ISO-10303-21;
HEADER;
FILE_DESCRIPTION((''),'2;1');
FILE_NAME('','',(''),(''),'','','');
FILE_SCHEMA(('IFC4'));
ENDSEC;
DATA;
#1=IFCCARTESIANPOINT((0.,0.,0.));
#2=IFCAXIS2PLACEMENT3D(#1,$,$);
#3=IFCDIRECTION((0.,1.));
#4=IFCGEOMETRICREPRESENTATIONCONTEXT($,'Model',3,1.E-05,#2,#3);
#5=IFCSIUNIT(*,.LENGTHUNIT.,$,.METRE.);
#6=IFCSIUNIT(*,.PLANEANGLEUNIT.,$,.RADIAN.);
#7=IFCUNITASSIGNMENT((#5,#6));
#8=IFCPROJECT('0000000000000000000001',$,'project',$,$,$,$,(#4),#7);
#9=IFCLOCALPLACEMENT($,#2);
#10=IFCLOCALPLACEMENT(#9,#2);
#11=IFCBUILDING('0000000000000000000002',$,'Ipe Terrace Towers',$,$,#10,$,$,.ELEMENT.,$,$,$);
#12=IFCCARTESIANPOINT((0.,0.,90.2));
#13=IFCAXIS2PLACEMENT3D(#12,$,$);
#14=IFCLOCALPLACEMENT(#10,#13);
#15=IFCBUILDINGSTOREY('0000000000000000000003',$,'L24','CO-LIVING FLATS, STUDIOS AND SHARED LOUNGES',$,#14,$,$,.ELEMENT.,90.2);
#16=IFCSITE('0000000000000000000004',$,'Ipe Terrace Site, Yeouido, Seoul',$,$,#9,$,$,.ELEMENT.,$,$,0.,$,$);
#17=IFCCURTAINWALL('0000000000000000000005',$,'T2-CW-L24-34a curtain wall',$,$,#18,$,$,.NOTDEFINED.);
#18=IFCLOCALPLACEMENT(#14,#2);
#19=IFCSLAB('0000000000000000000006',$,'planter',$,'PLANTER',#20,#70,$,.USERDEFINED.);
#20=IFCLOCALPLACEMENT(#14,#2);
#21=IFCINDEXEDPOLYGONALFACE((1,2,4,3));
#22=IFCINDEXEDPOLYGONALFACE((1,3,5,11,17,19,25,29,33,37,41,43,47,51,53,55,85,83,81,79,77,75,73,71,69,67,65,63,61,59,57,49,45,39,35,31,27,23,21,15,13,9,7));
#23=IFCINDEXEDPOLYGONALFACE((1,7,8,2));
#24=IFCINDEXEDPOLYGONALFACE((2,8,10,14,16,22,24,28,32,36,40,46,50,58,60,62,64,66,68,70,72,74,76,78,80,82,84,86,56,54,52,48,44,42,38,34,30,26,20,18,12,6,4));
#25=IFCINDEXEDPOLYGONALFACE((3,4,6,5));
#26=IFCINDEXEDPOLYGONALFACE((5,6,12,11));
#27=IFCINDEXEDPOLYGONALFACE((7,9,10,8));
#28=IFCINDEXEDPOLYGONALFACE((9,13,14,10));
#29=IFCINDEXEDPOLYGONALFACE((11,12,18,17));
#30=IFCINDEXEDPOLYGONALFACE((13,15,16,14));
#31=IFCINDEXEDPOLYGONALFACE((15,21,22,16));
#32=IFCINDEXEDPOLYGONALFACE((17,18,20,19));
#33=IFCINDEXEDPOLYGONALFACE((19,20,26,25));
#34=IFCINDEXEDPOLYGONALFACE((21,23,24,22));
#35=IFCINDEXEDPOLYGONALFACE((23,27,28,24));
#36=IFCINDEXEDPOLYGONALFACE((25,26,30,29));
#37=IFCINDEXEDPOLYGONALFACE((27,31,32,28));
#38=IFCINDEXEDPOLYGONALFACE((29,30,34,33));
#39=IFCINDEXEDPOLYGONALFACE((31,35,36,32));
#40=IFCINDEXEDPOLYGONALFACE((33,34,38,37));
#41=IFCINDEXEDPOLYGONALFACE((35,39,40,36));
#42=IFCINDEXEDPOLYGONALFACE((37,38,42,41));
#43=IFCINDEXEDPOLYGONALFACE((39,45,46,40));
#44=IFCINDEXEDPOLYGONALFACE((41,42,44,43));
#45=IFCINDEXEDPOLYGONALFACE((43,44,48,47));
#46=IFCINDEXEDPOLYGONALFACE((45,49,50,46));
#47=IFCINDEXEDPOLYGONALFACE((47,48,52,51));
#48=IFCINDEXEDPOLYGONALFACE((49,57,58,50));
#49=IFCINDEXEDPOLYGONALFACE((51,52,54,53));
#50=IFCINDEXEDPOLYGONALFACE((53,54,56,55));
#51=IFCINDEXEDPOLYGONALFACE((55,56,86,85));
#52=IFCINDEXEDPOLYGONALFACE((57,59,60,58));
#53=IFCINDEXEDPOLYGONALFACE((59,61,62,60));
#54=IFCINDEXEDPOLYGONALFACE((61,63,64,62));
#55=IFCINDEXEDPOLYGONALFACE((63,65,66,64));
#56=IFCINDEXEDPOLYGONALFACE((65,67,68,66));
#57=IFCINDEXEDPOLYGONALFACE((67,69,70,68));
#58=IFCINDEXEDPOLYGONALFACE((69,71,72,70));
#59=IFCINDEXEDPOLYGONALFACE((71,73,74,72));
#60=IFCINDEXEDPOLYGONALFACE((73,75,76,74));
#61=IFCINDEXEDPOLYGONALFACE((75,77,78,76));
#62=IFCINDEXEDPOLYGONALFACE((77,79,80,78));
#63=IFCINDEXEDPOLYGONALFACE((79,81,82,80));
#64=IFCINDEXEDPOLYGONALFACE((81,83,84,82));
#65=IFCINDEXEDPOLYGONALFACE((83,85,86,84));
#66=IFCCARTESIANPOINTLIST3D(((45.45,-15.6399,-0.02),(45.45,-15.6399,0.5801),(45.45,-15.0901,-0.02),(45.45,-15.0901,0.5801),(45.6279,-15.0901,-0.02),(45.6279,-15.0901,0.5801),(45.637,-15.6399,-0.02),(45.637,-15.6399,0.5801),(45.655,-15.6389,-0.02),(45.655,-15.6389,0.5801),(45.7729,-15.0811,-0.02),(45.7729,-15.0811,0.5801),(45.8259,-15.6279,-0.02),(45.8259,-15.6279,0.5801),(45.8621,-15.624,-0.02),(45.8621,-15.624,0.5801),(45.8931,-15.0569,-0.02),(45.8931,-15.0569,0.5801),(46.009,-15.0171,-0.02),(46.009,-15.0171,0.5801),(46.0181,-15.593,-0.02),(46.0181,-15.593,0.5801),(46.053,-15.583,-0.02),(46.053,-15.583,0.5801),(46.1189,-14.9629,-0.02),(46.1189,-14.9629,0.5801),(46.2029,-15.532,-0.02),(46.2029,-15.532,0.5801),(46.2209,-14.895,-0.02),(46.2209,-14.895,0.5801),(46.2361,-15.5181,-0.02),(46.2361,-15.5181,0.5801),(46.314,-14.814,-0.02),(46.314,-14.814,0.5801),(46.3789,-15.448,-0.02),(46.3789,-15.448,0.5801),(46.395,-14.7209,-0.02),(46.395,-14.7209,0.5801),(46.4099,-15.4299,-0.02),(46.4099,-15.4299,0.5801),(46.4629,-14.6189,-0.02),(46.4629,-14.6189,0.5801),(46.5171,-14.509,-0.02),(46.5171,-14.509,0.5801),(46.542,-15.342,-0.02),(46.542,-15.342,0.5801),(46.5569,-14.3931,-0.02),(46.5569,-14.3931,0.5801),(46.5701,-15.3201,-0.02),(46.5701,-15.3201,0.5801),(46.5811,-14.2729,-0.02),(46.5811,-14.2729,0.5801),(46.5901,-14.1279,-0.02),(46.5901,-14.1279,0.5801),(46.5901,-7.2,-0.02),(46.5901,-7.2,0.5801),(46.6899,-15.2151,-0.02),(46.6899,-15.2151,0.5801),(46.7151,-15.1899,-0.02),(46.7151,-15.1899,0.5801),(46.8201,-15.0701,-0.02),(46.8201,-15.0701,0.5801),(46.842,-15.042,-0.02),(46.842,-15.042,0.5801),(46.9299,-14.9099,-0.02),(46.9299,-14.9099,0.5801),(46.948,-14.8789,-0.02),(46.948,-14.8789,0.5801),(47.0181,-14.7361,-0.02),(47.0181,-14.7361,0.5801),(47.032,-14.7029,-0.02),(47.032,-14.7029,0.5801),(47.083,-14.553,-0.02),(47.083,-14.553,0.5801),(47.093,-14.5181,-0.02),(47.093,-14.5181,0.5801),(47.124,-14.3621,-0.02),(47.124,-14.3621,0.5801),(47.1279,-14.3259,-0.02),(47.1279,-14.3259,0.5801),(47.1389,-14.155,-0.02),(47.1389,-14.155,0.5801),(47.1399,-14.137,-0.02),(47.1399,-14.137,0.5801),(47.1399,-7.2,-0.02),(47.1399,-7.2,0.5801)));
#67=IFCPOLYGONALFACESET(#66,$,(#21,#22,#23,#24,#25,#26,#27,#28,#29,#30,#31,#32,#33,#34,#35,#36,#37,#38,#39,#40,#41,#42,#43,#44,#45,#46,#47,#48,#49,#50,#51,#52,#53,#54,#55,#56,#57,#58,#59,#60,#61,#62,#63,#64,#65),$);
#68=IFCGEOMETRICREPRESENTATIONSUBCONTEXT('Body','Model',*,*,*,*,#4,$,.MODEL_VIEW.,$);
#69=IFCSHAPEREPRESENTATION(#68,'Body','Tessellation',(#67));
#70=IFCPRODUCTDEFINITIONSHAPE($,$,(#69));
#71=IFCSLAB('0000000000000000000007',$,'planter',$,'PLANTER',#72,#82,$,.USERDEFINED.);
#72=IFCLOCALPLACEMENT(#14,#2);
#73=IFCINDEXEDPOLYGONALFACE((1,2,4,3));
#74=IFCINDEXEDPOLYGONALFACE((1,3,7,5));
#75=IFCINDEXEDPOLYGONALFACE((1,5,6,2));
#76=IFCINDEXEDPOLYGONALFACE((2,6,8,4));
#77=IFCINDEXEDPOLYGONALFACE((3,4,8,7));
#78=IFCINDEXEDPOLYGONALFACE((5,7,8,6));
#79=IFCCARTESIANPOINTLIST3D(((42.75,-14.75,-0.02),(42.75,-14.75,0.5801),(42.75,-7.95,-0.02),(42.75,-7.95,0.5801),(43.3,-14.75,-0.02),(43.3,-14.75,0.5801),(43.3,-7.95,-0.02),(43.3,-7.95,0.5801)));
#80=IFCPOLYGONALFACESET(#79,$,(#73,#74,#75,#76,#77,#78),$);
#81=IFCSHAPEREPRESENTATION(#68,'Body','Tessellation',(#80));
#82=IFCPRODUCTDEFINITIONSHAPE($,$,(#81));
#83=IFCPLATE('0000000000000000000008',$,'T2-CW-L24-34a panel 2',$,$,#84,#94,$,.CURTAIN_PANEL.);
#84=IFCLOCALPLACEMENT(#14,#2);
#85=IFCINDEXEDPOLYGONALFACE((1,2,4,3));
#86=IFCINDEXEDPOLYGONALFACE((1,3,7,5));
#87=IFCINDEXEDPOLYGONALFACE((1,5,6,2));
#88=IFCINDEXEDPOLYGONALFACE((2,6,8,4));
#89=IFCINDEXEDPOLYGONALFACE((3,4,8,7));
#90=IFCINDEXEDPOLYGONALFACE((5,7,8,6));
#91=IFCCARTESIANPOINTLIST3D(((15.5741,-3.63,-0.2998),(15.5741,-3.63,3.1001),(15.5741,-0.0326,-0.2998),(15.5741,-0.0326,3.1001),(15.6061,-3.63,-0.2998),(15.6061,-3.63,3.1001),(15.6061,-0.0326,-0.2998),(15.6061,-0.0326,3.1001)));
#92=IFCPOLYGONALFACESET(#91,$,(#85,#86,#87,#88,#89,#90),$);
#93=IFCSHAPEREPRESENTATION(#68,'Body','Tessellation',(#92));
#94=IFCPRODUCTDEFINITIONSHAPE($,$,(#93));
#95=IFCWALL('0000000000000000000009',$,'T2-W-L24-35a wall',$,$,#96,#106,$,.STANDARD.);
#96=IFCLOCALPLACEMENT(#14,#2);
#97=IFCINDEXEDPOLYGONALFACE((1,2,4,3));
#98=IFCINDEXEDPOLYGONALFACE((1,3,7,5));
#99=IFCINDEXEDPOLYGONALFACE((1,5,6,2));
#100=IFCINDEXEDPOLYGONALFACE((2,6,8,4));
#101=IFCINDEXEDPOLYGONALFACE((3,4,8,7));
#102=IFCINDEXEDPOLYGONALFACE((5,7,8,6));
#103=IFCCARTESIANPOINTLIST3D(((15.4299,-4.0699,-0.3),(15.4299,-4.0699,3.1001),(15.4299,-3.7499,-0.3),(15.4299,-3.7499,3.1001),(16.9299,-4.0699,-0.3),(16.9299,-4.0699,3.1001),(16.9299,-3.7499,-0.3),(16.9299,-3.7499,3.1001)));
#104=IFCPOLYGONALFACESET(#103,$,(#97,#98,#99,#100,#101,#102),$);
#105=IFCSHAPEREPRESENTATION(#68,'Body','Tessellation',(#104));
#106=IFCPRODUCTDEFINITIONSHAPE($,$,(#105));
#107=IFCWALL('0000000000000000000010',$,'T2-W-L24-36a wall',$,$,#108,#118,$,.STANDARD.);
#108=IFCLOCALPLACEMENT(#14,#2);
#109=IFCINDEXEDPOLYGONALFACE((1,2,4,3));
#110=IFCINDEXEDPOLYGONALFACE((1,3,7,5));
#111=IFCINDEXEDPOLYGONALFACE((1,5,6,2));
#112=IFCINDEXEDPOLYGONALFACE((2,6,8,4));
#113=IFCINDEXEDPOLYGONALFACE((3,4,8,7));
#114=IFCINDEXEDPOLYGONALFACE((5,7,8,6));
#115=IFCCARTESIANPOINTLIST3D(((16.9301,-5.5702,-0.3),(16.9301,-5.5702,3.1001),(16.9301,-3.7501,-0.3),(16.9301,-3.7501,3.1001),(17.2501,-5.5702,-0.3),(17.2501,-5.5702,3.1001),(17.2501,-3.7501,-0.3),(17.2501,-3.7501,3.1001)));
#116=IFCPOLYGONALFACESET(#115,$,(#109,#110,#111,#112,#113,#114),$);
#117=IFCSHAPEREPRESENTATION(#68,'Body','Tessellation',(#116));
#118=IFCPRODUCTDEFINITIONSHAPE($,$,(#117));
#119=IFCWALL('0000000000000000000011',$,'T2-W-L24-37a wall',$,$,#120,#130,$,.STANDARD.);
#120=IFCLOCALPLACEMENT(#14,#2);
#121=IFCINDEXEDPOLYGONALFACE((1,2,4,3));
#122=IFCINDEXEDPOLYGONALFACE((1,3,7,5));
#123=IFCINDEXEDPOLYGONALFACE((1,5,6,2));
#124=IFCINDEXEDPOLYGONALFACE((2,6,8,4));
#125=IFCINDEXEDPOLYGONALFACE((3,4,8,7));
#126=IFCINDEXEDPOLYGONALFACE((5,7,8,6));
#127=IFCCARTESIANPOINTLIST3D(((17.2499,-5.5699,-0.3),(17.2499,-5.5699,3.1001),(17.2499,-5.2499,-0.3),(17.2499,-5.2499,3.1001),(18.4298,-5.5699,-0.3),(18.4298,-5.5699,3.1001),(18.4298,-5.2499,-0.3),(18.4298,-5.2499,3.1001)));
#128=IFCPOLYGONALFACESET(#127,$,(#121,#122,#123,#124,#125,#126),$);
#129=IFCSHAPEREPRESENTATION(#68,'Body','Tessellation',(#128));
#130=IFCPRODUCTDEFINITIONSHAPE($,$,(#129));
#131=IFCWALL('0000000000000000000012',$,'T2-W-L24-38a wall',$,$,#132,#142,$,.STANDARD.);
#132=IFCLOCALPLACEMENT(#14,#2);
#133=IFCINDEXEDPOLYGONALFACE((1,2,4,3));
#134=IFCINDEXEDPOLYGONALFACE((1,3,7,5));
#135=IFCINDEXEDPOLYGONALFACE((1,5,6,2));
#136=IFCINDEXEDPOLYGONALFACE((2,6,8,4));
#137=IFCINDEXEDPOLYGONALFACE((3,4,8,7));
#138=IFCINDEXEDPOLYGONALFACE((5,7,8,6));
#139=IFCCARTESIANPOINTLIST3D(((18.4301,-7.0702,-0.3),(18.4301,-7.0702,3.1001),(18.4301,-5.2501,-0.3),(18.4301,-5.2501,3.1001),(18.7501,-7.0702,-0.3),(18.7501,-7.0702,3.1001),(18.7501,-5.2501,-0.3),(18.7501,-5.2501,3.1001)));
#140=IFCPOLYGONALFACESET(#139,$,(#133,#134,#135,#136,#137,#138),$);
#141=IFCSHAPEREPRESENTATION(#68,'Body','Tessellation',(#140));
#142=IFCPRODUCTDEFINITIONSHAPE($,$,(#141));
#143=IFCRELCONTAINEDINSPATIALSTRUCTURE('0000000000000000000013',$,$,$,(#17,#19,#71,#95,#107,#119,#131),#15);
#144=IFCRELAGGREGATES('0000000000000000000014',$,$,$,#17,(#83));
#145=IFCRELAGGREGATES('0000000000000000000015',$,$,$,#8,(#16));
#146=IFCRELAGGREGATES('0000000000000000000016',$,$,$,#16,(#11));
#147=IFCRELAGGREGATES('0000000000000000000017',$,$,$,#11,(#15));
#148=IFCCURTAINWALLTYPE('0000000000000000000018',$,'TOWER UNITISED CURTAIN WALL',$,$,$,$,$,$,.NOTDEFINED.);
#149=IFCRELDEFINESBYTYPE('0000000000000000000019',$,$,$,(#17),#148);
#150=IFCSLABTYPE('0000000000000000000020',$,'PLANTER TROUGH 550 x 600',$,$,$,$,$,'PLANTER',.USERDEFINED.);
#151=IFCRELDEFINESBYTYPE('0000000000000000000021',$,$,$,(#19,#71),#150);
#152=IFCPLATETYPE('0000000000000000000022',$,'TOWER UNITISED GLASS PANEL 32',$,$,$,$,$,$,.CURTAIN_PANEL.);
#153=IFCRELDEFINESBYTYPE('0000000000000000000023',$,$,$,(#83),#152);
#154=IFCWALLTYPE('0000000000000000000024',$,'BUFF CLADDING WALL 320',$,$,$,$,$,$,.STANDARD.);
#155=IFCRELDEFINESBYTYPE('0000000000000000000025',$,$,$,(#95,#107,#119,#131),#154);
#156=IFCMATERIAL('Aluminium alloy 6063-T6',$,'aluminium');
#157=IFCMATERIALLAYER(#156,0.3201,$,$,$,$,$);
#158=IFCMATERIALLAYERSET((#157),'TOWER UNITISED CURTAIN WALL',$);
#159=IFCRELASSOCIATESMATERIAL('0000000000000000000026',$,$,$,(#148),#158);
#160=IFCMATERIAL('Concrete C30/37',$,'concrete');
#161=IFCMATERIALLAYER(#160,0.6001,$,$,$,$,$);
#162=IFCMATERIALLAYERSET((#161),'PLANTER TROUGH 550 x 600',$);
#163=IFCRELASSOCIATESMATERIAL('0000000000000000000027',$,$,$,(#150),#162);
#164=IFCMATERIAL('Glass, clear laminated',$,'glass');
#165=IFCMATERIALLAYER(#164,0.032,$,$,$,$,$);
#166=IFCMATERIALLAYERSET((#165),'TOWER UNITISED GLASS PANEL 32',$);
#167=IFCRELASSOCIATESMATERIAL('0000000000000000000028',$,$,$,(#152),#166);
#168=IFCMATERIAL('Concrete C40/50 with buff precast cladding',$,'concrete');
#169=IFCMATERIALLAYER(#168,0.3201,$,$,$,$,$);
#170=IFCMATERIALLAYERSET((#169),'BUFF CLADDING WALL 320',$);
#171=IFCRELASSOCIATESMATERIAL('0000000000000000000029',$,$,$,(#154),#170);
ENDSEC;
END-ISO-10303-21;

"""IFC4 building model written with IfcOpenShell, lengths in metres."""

from ifc_helpers import new_model, si_unit, direction, frame, frame_2d, origin, origin_2d, place, context, subcontext, project, spatial, polyline, rectangle, outline, extrude, material, layer, layer_set, type_object, element, aggregate, save


model = new_model("IFC4")

# Units and contexts
model_context = context("Model", 3, precision=1e-05, world=origin(), true_north=direction((0.0, 1.0)))
body_context = subcontext(model_context, "Body", "Model", "MODEL_VIEW")
ifc_project = project(units=[si_unit("LENGTHUNIT", "METRE"), si_unit("PLANEANGLEUNIT", "RADIAN")], contexts=[model_context])

# Site, building, storey
site_placement = place(None, origin())
site = spatial("IfcSite", under=ifc_project, at=site_placement, Name="Ipe Terrace Site, Yeouido, Seoul", CompositionType="ELEMENT", RefElevation=0.0)
building_placement = place(site_placement, origin())
building = spatial("IfcBuilding", under=site, at=building_placement, Name="Ipe Terrace Towers", CompositionType="ELEMENT")
storey_placement = place(building_placement, frame((0.0, 0.0, 90.2)))
storey = spatial("IfcBuildingStorey", under=building, at=storey_placement, Name="L24", Description="CO-LIVING FLATS, STUDIOS AND SHARED LOUNGES", CompositionType="ELEMENT", Elevation=90.2)

# Curtain wall
ifc_material_1 = material(Name="Aluminium alloy 6063-T6", Category="aluminium")
ifc_layer_1 = layer(ifc_material_1, 0.3201)
ifc_layer_set_1 = layer_set([ifc_layer_1], Name="TOWER UNITISED CURTAIN WALL")
curtain_wall_type = type_object("IfcCurtainWallType", Name="TOWER UNITISED CURTAIN WALL", PredefinedType="NOTDEFINED", material=ifc_layer_set_1)
curtain_wall_1_placement = place(storey_placement, origin())
curtain_wall_1 = element("IfcCurtainWall", 1, at=curtain_wall_1_placement, inside=storey, type_object=curtain_wall_type, Name="T2-CW-L24-34a curtain wall", PredefinedType="NOTDEFINED")

# Slabs
ifc_material_2 = material(Name="Concrete C30/37", Category="concrete")
ifc_layer_2 = layer(ifc_material_2, 0.6001)
ifc_layer_set_2 = layer_set([ifc_layer_2], Name="PLANTER TROUGH 550 x 600")
slab_type_1 = type_object("IfcSlabType", Name="PLANTER TROUGH 550 x 600", ElementType="PLANTER", PredefinedType="USERDEFINED", material=ifc_layer_set_2)
slab_1_placement = place(storey_placement, frame((0.0, 0.0, -0.02)))
element("IfcSlab", 2, at=slab_1_placement, inside=storey, type_object=slab_type_1, Name="planter", ObjectType="PLANTER", PredefinedType="USERDEFINED", context=body_context, shape_type="SweptSolid", body=[
    extrude(outline(polyline([(45.8931, -15.0569), (45.7729, -15.0811), (45.6279, -15.0901), (45.45, -15.0901), (45.45, -15.6399), (45.637, -15.6399), (45.655, -15.6389), (45.8259, -15.6279), (45.8621, -15.624), (46.0181, -15.593), (46.053, -15.583), (46.2029, -15.532), (46.2361, -15.5181), (46.3789, -15.448), (46.4099, -15.4299), (46.542, -15.342), (46.5701, -15.3201), (46.6899, -15.2151), (46.7151, -15.1899), (46.8201, -15.0701), (46.842, -15.042), (46.9299, -14.9099), (46.948, -14.8789), (47.0181, -14.7361), (47.032, -14.7029), (47.083, -14.553), (47.093, -14.5181), (47.124, -14.3621), (47.1279, -14.3259), (47.1389, -14.155), (47.1399, -14.137), (47.1399, -7.2), (46.5901, -7.2), (46.5901, -14.1279), (46.5811, -14.2729), (46.5569, -14.3931), (46.5171, -14.509), (46.4629, -14.6189), (46.395, -14.7209), (46.314, -14.814), (46.2209, -14.895), (46.1189, -14.9629), (46.009, -15.0171), (45.8931, -15.0569)])), origin(), (0.0, 0.0, 1.0), 0.6001),
])
slab_2_placement = place(storey_placement, frame((0.0, 0.0, -0.02)))
element("IfcSlab", 3, at=slab_2_placement, inside=storey, type_object=slab_type_1, Name="planter", ObjectType="PLANTER", PredefinedType="USERDEFINED", context=body_context, shape_type="SweptSolid", body=[
    extrude(outline(polyline([(42.75, -7.95), (42.75, -14.75), (43.3, -14.75), (43.3, -7.95), (42.75, -7.95)])), origin(), (0.0, 0.0, 1.0), 0.6001),
])

# Plate
ifc_material_3 = material(Name="Glass, clear laminated", Category="glass")
ifc_layer_3 = layer(ifc_material_3, 0.032)
ifc_layer_set_3 = layer_set([ifc_layer_3], Name="TOWER UNITISED GLASS PANEL 32")
plate_type = type_object("IfcPlateType", Name="TOWER UNITISED GLASS PANEL 32", PredefinedType="CURTAIN_PANEL", material=ifc_layer_set_3)
plate_placement = place(storey_placement, frame((15.5901, -1.8313, -0.2998), z_axis=(0.0, 0.0, 1.0), x_axis=(0.0, -1.0, 0.0)))
plate = element("IfcPlate", 4, at=plate_placement, type_object=plate_type, Name="T2-CW-L24-34a panel 2", PredefinedType="CURTAIN_PANEL", context=body_context, shape_type="SweptSolid", body=[
    extrude(rectangle(XDim=3.5974, YDim=0.032, at=origin_2d()), origin(), (0.0, 0.0, 1.0), 3.3999),
])
aggregate(curtain_wall_1, [plate])

# Walls
ifc_material_4 = material(Name="Concrete C40/50 with buff precast cladding", Category="concrete")
ifc_layer_4 = layer(ifc_material_4, 0.3201)
ifc_layer_set_4 = layer_set([ifc_layer_4], Name="BUFF CLADDING WALL 320")
wall_type = type_object("IfcWallType", Name="BUFF CLADDING WALL 320", PredefinedType="STANDARD", material=ifc_layer_set_4)
wall_1_placement = place(storey_placement, frame((15.4299, -3.9099, -0.3), z_axis=(0.0, 0.0, 1.0), x_axis=(1.0, 0.0, 0.0)))
element("IfcWall", 5, at=wall_1_placement, inside=storey, type_object=wall_type, Name="T2-W-L24-35a wall", PredefinedType="STANDARD", context=body_context, shape_type="SweptSolid", body=[
    extrude(rectangle(XDim=1.5, YDim=0.3201, at=frame_2d((0.75, 0.0))), origin(), (0.0, 0.0, 1.0), 3.4001),
])
wall_2_placement = place(storey_placement, frame((17.0901, -3.75, -0.3), z_axis=(0.0, 0.0, 1.0), x_axis=(0.0, -1.0, 0.0)))
element("IfcWall", 6, at=wall_2_placement, inside=storey, type_object=wall_type, Name="T2-W-L24-36a wall", PredefinedType="STANDARD", context=body_context, shape_type="SweptSolid", body=[
    extrude(rectangle(XDim=1.8201, YDim=0.3201, at=frame_2d((0.9102, 0.0))), origin(), (0.0, 0.0, 1.0), 3.4001),
])
wall_3_placement = place(storey_placement, frame((17.25, -5.4099, -0.3), z_axis=(0.0, 0.0, 1.0), x_axis=(1.0, 0.0, 0.0)))
element("IfcWall", 7, at=wall_3_placement, inside=storey, type_object=wall_type, Name="T2-W-L24-37a wall", PredefinedType="STANDARD", context=body_context, shape_type="SweptSolid", body=[
    extrude(rectangle(XDim=1.1799, YDim=0.3201, at=frame_2d((0.5898, 0.0))), origin(), (0.0, 0.0, 1.0), 3.4001),
])
wall_4_placement = place(storey_placement, frame((18.5901, -5.25, -0.3), z_axis=(0.0, 0.0, 1.0), x_axis=(0.0, -1.0, 0.0)))
element("IfcWall", 8, at=wall_4_placement, inside=storey, type_object=wall_type, Name="T2-W-L24-38a wall", PredefinedType="STANDARD", context=body_context, shape_type="SweptSolid", body=[
    extrude(rectangle(XDim=1.8201, YDim=0.3201, at=frame_2d((0.9102, 0.0))), origin(), (0.0, 0.0, 1.0), 3.4001),
])

save(model, "model.ifc")
